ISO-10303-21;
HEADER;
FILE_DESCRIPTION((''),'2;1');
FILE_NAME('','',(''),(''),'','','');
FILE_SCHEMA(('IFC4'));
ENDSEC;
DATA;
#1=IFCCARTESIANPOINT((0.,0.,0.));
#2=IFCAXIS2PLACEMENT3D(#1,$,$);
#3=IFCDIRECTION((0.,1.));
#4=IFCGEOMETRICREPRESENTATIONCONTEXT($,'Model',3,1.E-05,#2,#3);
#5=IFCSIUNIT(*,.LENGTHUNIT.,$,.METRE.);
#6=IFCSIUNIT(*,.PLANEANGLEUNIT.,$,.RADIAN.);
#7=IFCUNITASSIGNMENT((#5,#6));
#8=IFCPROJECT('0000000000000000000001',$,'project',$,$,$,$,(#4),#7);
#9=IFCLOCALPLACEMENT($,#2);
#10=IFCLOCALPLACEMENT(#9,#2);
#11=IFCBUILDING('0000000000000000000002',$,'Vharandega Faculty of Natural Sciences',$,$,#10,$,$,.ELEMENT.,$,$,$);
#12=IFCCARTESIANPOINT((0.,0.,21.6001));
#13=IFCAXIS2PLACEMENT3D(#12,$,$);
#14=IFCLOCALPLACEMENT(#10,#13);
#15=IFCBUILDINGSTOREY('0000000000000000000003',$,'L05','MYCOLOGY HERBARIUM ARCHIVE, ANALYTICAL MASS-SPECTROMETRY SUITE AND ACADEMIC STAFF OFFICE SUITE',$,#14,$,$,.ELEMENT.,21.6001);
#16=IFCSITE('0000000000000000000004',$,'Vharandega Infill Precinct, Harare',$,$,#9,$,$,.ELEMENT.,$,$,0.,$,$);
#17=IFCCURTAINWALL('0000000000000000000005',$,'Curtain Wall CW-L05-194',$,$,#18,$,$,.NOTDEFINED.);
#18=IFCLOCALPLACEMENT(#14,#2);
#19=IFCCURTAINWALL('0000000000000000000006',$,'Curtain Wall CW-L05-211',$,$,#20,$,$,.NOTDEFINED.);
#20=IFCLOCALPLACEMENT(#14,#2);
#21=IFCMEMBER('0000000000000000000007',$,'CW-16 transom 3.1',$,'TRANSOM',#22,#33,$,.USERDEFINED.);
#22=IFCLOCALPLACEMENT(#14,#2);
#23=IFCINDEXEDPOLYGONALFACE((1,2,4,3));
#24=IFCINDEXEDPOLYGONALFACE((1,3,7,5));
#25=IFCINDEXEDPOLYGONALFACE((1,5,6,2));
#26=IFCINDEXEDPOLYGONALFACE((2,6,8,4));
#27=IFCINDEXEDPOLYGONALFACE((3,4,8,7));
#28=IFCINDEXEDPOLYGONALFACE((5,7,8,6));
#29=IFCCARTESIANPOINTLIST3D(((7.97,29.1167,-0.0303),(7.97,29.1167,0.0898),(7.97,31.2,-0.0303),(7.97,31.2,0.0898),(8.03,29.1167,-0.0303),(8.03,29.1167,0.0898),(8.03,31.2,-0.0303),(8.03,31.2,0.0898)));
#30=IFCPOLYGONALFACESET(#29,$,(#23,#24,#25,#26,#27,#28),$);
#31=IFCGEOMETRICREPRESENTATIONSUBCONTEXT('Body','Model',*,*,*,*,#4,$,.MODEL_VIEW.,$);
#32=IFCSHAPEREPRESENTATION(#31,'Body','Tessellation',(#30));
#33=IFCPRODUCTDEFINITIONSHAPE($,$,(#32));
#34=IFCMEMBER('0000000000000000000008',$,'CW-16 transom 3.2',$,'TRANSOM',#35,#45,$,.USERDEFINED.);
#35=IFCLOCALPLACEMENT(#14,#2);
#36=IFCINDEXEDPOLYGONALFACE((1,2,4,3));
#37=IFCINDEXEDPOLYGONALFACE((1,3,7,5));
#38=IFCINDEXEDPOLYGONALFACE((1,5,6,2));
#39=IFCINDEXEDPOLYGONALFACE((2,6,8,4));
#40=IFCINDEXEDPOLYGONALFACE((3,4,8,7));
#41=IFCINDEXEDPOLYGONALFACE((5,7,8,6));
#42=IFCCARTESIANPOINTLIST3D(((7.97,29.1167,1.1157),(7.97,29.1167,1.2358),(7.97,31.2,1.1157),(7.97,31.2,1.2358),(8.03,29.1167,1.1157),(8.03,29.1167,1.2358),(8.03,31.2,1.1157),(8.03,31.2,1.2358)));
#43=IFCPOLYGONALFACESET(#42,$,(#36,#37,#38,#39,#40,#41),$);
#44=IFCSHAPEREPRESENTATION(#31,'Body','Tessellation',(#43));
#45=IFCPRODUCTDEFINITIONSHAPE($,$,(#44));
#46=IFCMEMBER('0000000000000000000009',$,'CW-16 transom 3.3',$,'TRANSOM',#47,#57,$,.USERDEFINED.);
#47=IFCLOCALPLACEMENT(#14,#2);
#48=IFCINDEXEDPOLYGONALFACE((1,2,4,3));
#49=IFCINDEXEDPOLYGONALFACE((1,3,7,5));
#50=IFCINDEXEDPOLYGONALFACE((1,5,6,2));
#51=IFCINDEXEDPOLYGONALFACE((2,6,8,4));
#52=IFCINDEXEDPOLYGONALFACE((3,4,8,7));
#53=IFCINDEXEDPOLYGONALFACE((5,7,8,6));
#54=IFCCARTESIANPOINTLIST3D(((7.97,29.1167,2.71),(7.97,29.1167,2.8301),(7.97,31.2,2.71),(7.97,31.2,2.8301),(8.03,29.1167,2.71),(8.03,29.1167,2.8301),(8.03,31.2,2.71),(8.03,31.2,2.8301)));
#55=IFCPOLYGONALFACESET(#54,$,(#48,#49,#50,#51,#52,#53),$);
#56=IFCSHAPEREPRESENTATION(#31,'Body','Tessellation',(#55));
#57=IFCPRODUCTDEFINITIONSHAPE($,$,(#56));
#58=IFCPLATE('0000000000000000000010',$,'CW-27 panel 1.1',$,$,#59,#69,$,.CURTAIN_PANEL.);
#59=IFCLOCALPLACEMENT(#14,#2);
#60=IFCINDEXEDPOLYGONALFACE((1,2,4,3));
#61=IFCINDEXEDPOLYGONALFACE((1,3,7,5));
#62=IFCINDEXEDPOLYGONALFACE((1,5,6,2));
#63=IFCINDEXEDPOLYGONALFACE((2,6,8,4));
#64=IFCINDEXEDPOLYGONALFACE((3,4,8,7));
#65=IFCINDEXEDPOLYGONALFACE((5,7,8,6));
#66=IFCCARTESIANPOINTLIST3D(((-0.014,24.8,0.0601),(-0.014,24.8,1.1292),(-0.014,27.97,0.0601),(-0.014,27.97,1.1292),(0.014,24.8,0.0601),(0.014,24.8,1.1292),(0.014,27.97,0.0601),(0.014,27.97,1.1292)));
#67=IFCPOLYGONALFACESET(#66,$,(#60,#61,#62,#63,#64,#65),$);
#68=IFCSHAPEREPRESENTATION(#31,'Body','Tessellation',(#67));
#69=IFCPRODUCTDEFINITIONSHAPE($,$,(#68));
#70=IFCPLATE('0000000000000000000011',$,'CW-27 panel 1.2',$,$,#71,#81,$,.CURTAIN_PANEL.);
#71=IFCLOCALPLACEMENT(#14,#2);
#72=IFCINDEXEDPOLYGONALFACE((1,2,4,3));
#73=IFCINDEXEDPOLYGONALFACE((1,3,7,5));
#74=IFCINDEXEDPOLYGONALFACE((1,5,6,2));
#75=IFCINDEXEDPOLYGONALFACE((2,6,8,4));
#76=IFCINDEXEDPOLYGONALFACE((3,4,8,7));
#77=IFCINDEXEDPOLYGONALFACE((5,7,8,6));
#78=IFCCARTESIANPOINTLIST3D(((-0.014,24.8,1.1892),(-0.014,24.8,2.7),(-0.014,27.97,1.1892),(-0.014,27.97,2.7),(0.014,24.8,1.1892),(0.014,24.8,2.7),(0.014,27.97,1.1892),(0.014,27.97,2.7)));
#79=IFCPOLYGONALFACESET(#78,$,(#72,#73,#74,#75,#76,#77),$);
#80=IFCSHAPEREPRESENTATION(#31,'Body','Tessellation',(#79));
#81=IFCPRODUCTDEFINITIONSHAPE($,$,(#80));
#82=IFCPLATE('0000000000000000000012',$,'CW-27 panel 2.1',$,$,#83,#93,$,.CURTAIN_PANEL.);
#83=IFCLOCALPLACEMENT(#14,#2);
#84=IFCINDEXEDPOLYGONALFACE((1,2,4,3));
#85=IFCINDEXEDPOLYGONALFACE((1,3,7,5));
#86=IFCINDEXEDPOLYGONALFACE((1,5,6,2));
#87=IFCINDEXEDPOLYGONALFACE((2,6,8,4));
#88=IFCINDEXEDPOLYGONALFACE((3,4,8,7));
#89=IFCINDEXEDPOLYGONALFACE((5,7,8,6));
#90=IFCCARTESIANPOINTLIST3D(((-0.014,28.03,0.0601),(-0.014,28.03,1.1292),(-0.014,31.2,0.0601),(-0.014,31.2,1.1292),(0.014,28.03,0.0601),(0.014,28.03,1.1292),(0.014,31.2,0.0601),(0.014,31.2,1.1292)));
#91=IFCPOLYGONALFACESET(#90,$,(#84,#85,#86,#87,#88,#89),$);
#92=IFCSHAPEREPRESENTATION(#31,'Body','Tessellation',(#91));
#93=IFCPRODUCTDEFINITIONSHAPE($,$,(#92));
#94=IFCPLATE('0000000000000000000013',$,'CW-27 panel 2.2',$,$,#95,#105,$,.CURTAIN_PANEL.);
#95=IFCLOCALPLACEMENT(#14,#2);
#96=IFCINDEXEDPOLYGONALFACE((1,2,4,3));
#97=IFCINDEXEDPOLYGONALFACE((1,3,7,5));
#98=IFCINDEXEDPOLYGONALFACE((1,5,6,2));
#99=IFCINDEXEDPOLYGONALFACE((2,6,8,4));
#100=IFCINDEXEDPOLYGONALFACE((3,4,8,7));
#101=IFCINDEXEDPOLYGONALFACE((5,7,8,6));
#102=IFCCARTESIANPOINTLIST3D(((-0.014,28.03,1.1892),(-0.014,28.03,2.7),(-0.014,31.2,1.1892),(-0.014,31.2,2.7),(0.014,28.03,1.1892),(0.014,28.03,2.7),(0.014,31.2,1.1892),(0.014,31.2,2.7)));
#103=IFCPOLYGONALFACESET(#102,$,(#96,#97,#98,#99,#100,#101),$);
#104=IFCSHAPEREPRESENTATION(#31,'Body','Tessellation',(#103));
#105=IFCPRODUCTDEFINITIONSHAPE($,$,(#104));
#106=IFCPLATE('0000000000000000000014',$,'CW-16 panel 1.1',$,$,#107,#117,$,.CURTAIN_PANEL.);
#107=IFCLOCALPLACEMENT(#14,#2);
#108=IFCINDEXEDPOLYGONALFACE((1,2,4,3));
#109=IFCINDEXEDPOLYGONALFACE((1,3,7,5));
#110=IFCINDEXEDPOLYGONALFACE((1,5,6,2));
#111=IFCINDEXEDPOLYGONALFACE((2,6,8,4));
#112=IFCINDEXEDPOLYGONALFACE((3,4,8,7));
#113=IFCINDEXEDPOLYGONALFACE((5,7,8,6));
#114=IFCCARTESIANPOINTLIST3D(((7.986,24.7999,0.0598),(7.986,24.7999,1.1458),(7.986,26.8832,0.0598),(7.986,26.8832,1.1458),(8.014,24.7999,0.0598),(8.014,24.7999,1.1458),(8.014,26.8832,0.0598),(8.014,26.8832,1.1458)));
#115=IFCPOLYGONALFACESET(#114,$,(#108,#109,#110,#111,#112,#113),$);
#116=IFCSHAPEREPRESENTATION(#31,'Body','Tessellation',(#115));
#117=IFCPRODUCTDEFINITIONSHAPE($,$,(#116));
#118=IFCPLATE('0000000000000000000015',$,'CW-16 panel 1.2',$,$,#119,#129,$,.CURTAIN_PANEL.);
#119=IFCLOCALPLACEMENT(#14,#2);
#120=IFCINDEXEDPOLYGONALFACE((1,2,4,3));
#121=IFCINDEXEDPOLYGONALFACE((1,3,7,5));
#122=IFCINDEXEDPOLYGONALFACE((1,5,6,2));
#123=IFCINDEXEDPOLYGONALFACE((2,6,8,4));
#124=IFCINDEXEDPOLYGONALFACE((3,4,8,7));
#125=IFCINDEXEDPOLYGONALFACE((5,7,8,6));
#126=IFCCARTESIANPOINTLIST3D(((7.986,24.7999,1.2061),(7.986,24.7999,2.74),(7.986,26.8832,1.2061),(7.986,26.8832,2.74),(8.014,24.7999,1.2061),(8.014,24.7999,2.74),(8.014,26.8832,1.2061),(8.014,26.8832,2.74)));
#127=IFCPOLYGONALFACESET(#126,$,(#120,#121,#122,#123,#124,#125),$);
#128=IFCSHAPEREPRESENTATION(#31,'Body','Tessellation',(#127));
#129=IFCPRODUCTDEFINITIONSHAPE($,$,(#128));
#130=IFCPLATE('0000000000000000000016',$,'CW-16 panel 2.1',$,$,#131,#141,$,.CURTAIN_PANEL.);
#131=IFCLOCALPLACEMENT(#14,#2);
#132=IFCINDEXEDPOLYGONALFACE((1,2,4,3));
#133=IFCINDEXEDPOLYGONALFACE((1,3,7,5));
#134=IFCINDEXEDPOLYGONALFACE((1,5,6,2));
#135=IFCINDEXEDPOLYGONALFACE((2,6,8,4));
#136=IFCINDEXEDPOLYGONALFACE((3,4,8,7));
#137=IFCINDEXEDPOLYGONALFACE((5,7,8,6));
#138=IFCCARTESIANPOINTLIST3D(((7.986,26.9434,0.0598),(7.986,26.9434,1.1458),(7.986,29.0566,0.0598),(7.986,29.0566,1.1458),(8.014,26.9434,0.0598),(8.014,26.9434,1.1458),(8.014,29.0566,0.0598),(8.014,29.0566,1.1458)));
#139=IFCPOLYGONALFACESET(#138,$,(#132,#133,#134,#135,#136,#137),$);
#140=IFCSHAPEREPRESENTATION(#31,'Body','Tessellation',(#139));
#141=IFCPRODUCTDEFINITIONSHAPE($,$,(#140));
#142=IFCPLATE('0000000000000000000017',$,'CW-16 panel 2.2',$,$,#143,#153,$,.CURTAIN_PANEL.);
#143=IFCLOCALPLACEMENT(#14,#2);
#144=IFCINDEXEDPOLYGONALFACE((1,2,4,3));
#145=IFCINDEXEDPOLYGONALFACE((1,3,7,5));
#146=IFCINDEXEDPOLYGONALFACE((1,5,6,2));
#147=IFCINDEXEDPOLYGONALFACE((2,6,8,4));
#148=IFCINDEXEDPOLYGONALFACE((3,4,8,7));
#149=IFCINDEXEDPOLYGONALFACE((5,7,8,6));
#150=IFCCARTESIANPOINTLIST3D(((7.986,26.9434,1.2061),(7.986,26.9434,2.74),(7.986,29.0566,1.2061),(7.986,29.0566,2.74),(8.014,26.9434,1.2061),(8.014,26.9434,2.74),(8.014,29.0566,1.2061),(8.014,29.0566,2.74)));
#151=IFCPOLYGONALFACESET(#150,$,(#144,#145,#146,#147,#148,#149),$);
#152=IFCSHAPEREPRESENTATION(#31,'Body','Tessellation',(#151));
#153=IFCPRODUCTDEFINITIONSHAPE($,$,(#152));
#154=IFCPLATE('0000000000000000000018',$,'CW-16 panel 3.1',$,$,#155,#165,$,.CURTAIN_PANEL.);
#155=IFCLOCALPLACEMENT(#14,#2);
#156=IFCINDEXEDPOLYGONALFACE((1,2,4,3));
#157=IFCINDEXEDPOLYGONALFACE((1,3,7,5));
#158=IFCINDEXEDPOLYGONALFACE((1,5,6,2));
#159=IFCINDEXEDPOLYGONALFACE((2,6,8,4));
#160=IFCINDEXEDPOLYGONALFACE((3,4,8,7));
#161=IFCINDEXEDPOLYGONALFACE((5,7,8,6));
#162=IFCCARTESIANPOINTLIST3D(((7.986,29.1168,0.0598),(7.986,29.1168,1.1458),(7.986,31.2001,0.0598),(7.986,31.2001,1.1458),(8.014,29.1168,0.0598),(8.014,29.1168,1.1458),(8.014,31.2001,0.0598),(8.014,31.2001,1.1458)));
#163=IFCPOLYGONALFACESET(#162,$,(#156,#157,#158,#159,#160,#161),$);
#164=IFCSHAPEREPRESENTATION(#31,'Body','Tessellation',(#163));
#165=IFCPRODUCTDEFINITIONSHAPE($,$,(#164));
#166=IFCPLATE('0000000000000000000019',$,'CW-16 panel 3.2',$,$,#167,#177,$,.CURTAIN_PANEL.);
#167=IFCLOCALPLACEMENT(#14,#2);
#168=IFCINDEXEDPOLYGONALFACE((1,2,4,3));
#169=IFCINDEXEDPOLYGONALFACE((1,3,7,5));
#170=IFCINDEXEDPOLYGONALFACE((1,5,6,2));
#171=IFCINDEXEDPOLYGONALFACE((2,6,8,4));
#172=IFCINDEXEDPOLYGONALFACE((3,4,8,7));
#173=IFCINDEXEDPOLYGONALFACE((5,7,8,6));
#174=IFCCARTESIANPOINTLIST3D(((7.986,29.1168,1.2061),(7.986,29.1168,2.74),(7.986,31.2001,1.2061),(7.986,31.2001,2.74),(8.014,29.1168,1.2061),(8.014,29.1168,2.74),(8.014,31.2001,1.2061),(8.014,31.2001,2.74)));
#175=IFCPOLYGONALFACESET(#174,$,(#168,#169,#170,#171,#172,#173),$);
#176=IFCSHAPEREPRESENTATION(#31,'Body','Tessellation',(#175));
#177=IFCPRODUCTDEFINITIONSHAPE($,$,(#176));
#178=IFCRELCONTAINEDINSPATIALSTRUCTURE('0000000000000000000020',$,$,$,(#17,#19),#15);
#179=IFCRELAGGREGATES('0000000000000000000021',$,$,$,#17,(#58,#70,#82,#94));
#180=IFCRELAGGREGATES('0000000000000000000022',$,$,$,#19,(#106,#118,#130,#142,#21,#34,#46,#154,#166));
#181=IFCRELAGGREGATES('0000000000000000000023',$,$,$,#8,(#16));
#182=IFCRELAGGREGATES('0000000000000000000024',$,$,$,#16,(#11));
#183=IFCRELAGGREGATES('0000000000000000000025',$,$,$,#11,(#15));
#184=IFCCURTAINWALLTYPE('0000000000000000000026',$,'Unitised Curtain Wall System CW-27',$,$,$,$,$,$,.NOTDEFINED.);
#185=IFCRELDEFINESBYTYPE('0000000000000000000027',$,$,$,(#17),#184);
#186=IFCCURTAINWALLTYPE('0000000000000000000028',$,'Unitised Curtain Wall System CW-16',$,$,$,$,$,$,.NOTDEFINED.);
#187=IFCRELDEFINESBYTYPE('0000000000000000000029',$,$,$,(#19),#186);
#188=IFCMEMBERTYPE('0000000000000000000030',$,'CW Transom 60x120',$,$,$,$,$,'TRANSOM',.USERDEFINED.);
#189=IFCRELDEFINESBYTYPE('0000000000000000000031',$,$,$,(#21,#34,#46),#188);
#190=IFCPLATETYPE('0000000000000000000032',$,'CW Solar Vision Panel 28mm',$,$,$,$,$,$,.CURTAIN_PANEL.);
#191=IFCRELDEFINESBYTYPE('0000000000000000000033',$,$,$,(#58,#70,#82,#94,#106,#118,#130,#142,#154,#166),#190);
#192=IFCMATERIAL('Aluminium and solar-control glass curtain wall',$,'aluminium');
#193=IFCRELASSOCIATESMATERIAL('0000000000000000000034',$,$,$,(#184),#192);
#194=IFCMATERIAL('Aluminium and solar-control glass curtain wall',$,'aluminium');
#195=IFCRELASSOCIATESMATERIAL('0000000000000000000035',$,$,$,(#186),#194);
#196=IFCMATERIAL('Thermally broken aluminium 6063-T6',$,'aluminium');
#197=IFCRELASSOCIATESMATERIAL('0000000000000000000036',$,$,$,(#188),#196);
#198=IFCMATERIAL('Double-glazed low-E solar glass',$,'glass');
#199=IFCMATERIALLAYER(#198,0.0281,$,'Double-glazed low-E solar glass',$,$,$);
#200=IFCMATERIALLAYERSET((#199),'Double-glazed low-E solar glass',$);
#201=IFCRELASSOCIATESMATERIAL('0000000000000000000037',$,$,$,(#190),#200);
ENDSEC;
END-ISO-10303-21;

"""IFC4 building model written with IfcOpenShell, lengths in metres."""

from ifc_helpers import new_model, si_unit, direction, frame, origin, origin_2d, place, context, subcontext, project, spatial, rectangle, extrude, material, layer, layer_set, material_profile, profile_set, type_object, element, aggregate, save


model = new_model("IFC4")

# Units and contexts
model_context = context("Model", 3, precision=1e-05, world=origin(), true_north=direction((0.0, 1.0)))
body_context = subcontext(model_context, "Body", "Model", "MODEL_VIEW")
ifc_project = project(units=[si_unit("LENGTHUNIT", "METRE"), si_unit("PLANEANGLEUNIT", "RADIAN")], contexts=[model_context])

# Site, building, storey
site_placement = place(None, origin())
site = spatial("IfcSite", under=ifc_project, at=site_placement, Name="Vharandega Infill Precinct, Harare", CompositionType="ELEMENT", RefElevation=0.0)
building_placement = place(site_placement, origin())
building = spatial("IfcBuilding", under=site, at=building_placement, Name="Vharandega Faculty of Natural Sciences", CompositionType="ELEMENT")
storey_placement = place(building_placement, frame((0.0, 0.0, 21.6001)))
storey = spatial("IfcBuildingStorey", under=building, at=storey_placement, Name="L05", Description="MYCOLOGY HERBARIUM ARCHIVE, ANALYTICAL MASS-SPECTROMETRY SUITE AND ACADEMIC STAFF OFFICE SUITE", CompositionType="ELEMENT", Elevation=21.6001)

# Curtain wall
ifc_material_1 = material(Name="Aluminium and solar-control glass curtain wall", Category="aluminium")
curtain_wall_type_1 = type_object("IfcCurtainWallType", Name="Unitised Curtain Wall System CW-27", PredefinedType="NOTDEFINED", material=ifc_material_1)
curtain_wall_1_placement = place(storey_placement, origin())
curtain_wall_1 = element("IfcCurtainWall", 1, at=curtain_wall_1_placement, inside=storey, type_object=curtain_wall_type_1, Name="Curtain Wall CW-L05-194", PredefinedType="NOTDEFINED")

# Curtain wall
ifc_material_2 = material(Name="Aluminium and solar-control glass curtain wall", Category="aluminium")
curtain_wall_type_2 = type_object("IfcCurtainWallType", Name="Unitised Curtain Wall System CW-16", PredefinedType="NOTDEFINED", material=ifc_material_2)
curtain_wall_2_placement = place(storey_placement, origin())
curtain_wall_2 = element("IfcCurtainWall", 2, at=curtain_wall_2_placement, inside=storey, type_object=curtain_wall_type_2, Name="Curtain Wall CW-L05-211", PredefinedType="NOTDEFINED")

# Members
ifc_material_3 = material(Name="Thermally broken aluminium 6063-T6", Category="aluminium")
ifc_material_profile_1 = material_profile(ifc_material_3, rectangle(XDim=0.0601, YDim=0.1201, at=origin_2d()), Name="ALU 60x120")
ifc_profile_set_1 = profile_set([ifc_material_profile_1], Name="Thermally broken aluminium 6063-T6")
member_type_1 = type_object("IfcMemberType", Name="CW Transom 60x120", ElementType="TRANSOM", PredefinedType="USERDEFINED", material=ifc_profile_set_1)
member_1_placement = place(storey_placement, frame((8.0, 29.1167, 0.0298), z_axis=(0.0, 1.0, 0.0), x_axis=(-1.0, 0.0, 0.0)))
member_1 = element("IfcMember", 3, at=member_1_placement, type_object=member_type_1, Name="CW-16 transom 3.1", ObjectType="TRANSOM", PredefinedType="USERDEFINED", context=body_context, shape_type="SweptSolid", body=[
    extrude(rectangle(XDim=0.0601, YDim=0.1201, at=origin_2d()), origin(), (0.0, 0.0, 1.0), 2.0833),
])
member_2_placement = place(storey_placement, frame((8.0, 29.1167, 1.1758), z_axis=(0.0, 1.0, 0.0), x_axis=(-1.0, 0.0, 0.0)))
member_2 = element("IfcMember", 4, at=member_2_placement, type_object=member_type_1, Name="CW-16 transom 3.2", ObjectType="TRANSOM", PredefinedType="USERDEFINED", context=body_context, shape_type="SweptSolid", body=[
    extrude(rectangle(XDim=0.0601, YDim=0.1201, at=origin_2d()), origin(), (0.0, 0.0, 1.0), 2.0833),
])
member_3_placement = place(storey_placement, frame((8.0, 29.1167, 2.77), z_axis=(0.0, 1.0, 0.0), x_axis=(-1.0, 0.0, 0.0)))
member_3 = element("IfcMember", 5, at=member_3_placement, type_object=member_type_1, Name="CW-16 transom 3.3", ObjectType="TRANSOM", PredefinedType="USERDEFINED", context=body_context, shape_type="SweptSolid", body=[
    extrude(rectangle(XDim=0.0601, YDim=0.1201, at=origin_2d()), origin(), (0.0, 0.0, 1.0), 2.0833),
])

# Plates
ifc_material_4 = material(Name="Double-glazed low-E solar glass", Category="glass")
ifc_layer = layer(ifc_material_4, 0.0281, Name="Double-glazed low-E solar glass")
ifc_layer_set = layer_set([ifc_layer], Name="Double-glazed low-E solar glass")
plate_type = type_object("IfcPlateType", Name="CW Solar Vision Panel 28mm", PredefinedType="CURTAIN_PANEL", material=ifc_layer_set)
plate_1_placement = place(storey_placement, frame((0.0, 26.385, 0.0601), z_axis=(0.0, 0.0, 1.0), x_axis=(0.0, 1.0, 0.0)))
plate_1 = element("IfcPlate", 6, at=plate_1_placement, type_object=plate_type, Name="CW-27 panel 1.1", PredefinedType="CURTAIN_PANEL", context=body_context, shape_type="SweptSolid", body=[
    extrude(rectangle(XDim=3.1699, YDim=0.0281, at=origin_2d()), origin(), (0.0, 0.0, 1.0), 1.0691),
])
plate_2_placement = place(storey_placement, frame((0.0, 26.385, 1.1892), z_axis=(0.0, 0.0, 1.0), x_axis=(0.0, 1.0, 0.0)))
plate_2 = element("IfcPlate", 7, at=plate_2_placement, type_object=plate_type, Name="CW-27 panel 1.2", PredefinedType="CURTAIN_PANEL", context=body_context, shape_type="SweptSolid", body=[
    extrude(rectangle(XDim=3.1699, YDim=0.0281, at=origin_2d()), origin(), (0.0, 0.0, 1.0), 1.5107),
])
plate_3_placement = place(storey_placement, frame((0.0, 29.615, 0.0601), z_axis=(0.0, 0.0, 1.0), x_axis=(0.0, 1.0, 0.0)))
plate_3 = element("IfcPlate", 8, at=plate_3_placement, type_object=plate_type, Name="CW-27 panel 2.1", PredefinedType="CURTAIN_PANEL", context=body_context, shape_type="SweptSolid", body=[
    extrude(rectangle(XDim=3.1699, YDim=0.0281, at=origin_2d()), origin(), (0.0, 0.0, 1.0), 1.0691),
])
plate_4_placement = place(storey_placement, frame((0.0, 29.615, 1.1892), z_axis=(0.0, 0.0, 1.0), x_axis=(0.0, 1.0, 0.0)))
plate_4 = element("IfcPlate", 9, at=plate_4_placement, type_object=plate_type, Name="CW-27 panel 2.2", PredefinedType="CURTAIN_PANEL", context=body_context, shape_type="SweptSolid", body=[
    extrude(rectangle(XDim=3.1699, YDim=0.0281, at=origin_2d()), origin(), (0.0, 0.0, 1.0), 1.5107),
])
aggregate(curtain_wall_1, [plate_1, plate_2, plate_3, plate_4])
plate_5_placement = place(storey_placement, frame((8.0, 25.8416, 0.0598), z_axis=(0.0, 0.0, 1.0), x_axis=(0.0, 1.0, 0.0)))
plate_5 = element("IfcPlate", 10, at=plate_5_placement, type_object=plate_type, Name="CW-16 panel 1.1", PredefinedType="CURTAIN_PANEL", context=body_context, shape_type="SweptSolid", body=[
    extrude(rectangle(XDim=2.0833, YDim=0.0281, at=origin_2d()), origin(), (0.0, 0.0, 1.0), 1.0859),
])
plate_6_placement = place(storey_placement, frame((8.0, 25.8416, 1.2061), z_axis=(0.0, 0.0, 1.0), x_axis=(0.0, 1.0, 0.0)))
plate_6 = element("IfcPlate", 11, at=plate_6_placement, type_object=plate_type, Name="CW-16 panel 1.2", PredefinedType="CURTAIN_PANEL", context=body_context, shape_type="SweptSolid", body=[
    extrude(rectangle(XDim=2.0833, YDim=0.0281, at=origin_2d()), origin(), (0.0, 0.0, 1.0), 1.5339),
])
plate_7_placement = place(storey_placement, frame((8.0, 28.0, 0.0598), z_axis=(0.0, 0.0, 1.0), x_axis=(0.0, 1.0, 0.0)))
plate_7 = element("IfcPlate", 12, at=plate_7_placement, type_object=plate_type, Name="CW-16 panel 2.1", PredefinedType="CURTAIN_PANEL", context=body_context, shape_type="SweptSolid", body=[
    extrude(rectangle(XDim=2.1133, YDim=0.0281, at=origin_2d()), origin(), (0.0, 0.0, 1.0), 1.0859),
])
plate_8_placement = place(storey_placement, frame((8.0, 28.0, 1.2061), z_axis=(0.0, 0.0, 1.0), x_axis=(0.0, 1.0, 0.0)))
plate_8 = element("IfcPlate", 13, at=plate_8_placement, type_object=plate_type, Name="CW-16 panel 2.2", PredefinedType="CURTAIN_PANEL", context=body_context, shape_type="SweptSolid", body=[
    extrude(rectangle(XDim=2.1133, YDim=0.0281, at=origin_2d()), origin(), (0.0, 0.0, 1.0), 1.5339),
])
plate_9_placement = place(storey_placement, frame((8.0, 30.1584, 0.0598), z_axis=(0.0, 0.0, 1.0), x_axis=(0.0, 1.0, 0.0)))
plate_9 = element("IfcPlate", 14, at=plate_9_placement, type_object=plate_type, Name="CW-16 panel 3.1", PredefinedType="CURTAIN_PANEL", context=body_context, shape_type="SweptSolid", body=[
    extrude(rectangle(XDim=2.0833, YDim=0.0281, at=origin_2d()), origin(), (0.0, 0.0, 1.0), 1.0859),
])
plate_10_placement = place(storey_placement, frame((8.0, 30.1584, 1.2061), z_axis=(0.0, 0.0, 1.0), x_axis=(0.0, 1.0, 0.0)))
plate_10 = element("IfcPlate", 15, at=plate_10_placement, type_object=plate_type, Name="CW-16 panel 3.2", PredefinedType="CURTAIN_PANEL", context=body_context, shape_type="SweptSolid", body=[
    extrude(rectangle(XDim=2.0833, YDim=0.0281, at=origin_2d()), origin(), (0.0, 0.0, 1.0), 1.5339),
])
aggregate(curtain_wall_2, [plate_5, plate_6, plate_7, plate_8, member_1, member_2, member_3, plate_9, plate_10])

save(model, "model.ifc")
